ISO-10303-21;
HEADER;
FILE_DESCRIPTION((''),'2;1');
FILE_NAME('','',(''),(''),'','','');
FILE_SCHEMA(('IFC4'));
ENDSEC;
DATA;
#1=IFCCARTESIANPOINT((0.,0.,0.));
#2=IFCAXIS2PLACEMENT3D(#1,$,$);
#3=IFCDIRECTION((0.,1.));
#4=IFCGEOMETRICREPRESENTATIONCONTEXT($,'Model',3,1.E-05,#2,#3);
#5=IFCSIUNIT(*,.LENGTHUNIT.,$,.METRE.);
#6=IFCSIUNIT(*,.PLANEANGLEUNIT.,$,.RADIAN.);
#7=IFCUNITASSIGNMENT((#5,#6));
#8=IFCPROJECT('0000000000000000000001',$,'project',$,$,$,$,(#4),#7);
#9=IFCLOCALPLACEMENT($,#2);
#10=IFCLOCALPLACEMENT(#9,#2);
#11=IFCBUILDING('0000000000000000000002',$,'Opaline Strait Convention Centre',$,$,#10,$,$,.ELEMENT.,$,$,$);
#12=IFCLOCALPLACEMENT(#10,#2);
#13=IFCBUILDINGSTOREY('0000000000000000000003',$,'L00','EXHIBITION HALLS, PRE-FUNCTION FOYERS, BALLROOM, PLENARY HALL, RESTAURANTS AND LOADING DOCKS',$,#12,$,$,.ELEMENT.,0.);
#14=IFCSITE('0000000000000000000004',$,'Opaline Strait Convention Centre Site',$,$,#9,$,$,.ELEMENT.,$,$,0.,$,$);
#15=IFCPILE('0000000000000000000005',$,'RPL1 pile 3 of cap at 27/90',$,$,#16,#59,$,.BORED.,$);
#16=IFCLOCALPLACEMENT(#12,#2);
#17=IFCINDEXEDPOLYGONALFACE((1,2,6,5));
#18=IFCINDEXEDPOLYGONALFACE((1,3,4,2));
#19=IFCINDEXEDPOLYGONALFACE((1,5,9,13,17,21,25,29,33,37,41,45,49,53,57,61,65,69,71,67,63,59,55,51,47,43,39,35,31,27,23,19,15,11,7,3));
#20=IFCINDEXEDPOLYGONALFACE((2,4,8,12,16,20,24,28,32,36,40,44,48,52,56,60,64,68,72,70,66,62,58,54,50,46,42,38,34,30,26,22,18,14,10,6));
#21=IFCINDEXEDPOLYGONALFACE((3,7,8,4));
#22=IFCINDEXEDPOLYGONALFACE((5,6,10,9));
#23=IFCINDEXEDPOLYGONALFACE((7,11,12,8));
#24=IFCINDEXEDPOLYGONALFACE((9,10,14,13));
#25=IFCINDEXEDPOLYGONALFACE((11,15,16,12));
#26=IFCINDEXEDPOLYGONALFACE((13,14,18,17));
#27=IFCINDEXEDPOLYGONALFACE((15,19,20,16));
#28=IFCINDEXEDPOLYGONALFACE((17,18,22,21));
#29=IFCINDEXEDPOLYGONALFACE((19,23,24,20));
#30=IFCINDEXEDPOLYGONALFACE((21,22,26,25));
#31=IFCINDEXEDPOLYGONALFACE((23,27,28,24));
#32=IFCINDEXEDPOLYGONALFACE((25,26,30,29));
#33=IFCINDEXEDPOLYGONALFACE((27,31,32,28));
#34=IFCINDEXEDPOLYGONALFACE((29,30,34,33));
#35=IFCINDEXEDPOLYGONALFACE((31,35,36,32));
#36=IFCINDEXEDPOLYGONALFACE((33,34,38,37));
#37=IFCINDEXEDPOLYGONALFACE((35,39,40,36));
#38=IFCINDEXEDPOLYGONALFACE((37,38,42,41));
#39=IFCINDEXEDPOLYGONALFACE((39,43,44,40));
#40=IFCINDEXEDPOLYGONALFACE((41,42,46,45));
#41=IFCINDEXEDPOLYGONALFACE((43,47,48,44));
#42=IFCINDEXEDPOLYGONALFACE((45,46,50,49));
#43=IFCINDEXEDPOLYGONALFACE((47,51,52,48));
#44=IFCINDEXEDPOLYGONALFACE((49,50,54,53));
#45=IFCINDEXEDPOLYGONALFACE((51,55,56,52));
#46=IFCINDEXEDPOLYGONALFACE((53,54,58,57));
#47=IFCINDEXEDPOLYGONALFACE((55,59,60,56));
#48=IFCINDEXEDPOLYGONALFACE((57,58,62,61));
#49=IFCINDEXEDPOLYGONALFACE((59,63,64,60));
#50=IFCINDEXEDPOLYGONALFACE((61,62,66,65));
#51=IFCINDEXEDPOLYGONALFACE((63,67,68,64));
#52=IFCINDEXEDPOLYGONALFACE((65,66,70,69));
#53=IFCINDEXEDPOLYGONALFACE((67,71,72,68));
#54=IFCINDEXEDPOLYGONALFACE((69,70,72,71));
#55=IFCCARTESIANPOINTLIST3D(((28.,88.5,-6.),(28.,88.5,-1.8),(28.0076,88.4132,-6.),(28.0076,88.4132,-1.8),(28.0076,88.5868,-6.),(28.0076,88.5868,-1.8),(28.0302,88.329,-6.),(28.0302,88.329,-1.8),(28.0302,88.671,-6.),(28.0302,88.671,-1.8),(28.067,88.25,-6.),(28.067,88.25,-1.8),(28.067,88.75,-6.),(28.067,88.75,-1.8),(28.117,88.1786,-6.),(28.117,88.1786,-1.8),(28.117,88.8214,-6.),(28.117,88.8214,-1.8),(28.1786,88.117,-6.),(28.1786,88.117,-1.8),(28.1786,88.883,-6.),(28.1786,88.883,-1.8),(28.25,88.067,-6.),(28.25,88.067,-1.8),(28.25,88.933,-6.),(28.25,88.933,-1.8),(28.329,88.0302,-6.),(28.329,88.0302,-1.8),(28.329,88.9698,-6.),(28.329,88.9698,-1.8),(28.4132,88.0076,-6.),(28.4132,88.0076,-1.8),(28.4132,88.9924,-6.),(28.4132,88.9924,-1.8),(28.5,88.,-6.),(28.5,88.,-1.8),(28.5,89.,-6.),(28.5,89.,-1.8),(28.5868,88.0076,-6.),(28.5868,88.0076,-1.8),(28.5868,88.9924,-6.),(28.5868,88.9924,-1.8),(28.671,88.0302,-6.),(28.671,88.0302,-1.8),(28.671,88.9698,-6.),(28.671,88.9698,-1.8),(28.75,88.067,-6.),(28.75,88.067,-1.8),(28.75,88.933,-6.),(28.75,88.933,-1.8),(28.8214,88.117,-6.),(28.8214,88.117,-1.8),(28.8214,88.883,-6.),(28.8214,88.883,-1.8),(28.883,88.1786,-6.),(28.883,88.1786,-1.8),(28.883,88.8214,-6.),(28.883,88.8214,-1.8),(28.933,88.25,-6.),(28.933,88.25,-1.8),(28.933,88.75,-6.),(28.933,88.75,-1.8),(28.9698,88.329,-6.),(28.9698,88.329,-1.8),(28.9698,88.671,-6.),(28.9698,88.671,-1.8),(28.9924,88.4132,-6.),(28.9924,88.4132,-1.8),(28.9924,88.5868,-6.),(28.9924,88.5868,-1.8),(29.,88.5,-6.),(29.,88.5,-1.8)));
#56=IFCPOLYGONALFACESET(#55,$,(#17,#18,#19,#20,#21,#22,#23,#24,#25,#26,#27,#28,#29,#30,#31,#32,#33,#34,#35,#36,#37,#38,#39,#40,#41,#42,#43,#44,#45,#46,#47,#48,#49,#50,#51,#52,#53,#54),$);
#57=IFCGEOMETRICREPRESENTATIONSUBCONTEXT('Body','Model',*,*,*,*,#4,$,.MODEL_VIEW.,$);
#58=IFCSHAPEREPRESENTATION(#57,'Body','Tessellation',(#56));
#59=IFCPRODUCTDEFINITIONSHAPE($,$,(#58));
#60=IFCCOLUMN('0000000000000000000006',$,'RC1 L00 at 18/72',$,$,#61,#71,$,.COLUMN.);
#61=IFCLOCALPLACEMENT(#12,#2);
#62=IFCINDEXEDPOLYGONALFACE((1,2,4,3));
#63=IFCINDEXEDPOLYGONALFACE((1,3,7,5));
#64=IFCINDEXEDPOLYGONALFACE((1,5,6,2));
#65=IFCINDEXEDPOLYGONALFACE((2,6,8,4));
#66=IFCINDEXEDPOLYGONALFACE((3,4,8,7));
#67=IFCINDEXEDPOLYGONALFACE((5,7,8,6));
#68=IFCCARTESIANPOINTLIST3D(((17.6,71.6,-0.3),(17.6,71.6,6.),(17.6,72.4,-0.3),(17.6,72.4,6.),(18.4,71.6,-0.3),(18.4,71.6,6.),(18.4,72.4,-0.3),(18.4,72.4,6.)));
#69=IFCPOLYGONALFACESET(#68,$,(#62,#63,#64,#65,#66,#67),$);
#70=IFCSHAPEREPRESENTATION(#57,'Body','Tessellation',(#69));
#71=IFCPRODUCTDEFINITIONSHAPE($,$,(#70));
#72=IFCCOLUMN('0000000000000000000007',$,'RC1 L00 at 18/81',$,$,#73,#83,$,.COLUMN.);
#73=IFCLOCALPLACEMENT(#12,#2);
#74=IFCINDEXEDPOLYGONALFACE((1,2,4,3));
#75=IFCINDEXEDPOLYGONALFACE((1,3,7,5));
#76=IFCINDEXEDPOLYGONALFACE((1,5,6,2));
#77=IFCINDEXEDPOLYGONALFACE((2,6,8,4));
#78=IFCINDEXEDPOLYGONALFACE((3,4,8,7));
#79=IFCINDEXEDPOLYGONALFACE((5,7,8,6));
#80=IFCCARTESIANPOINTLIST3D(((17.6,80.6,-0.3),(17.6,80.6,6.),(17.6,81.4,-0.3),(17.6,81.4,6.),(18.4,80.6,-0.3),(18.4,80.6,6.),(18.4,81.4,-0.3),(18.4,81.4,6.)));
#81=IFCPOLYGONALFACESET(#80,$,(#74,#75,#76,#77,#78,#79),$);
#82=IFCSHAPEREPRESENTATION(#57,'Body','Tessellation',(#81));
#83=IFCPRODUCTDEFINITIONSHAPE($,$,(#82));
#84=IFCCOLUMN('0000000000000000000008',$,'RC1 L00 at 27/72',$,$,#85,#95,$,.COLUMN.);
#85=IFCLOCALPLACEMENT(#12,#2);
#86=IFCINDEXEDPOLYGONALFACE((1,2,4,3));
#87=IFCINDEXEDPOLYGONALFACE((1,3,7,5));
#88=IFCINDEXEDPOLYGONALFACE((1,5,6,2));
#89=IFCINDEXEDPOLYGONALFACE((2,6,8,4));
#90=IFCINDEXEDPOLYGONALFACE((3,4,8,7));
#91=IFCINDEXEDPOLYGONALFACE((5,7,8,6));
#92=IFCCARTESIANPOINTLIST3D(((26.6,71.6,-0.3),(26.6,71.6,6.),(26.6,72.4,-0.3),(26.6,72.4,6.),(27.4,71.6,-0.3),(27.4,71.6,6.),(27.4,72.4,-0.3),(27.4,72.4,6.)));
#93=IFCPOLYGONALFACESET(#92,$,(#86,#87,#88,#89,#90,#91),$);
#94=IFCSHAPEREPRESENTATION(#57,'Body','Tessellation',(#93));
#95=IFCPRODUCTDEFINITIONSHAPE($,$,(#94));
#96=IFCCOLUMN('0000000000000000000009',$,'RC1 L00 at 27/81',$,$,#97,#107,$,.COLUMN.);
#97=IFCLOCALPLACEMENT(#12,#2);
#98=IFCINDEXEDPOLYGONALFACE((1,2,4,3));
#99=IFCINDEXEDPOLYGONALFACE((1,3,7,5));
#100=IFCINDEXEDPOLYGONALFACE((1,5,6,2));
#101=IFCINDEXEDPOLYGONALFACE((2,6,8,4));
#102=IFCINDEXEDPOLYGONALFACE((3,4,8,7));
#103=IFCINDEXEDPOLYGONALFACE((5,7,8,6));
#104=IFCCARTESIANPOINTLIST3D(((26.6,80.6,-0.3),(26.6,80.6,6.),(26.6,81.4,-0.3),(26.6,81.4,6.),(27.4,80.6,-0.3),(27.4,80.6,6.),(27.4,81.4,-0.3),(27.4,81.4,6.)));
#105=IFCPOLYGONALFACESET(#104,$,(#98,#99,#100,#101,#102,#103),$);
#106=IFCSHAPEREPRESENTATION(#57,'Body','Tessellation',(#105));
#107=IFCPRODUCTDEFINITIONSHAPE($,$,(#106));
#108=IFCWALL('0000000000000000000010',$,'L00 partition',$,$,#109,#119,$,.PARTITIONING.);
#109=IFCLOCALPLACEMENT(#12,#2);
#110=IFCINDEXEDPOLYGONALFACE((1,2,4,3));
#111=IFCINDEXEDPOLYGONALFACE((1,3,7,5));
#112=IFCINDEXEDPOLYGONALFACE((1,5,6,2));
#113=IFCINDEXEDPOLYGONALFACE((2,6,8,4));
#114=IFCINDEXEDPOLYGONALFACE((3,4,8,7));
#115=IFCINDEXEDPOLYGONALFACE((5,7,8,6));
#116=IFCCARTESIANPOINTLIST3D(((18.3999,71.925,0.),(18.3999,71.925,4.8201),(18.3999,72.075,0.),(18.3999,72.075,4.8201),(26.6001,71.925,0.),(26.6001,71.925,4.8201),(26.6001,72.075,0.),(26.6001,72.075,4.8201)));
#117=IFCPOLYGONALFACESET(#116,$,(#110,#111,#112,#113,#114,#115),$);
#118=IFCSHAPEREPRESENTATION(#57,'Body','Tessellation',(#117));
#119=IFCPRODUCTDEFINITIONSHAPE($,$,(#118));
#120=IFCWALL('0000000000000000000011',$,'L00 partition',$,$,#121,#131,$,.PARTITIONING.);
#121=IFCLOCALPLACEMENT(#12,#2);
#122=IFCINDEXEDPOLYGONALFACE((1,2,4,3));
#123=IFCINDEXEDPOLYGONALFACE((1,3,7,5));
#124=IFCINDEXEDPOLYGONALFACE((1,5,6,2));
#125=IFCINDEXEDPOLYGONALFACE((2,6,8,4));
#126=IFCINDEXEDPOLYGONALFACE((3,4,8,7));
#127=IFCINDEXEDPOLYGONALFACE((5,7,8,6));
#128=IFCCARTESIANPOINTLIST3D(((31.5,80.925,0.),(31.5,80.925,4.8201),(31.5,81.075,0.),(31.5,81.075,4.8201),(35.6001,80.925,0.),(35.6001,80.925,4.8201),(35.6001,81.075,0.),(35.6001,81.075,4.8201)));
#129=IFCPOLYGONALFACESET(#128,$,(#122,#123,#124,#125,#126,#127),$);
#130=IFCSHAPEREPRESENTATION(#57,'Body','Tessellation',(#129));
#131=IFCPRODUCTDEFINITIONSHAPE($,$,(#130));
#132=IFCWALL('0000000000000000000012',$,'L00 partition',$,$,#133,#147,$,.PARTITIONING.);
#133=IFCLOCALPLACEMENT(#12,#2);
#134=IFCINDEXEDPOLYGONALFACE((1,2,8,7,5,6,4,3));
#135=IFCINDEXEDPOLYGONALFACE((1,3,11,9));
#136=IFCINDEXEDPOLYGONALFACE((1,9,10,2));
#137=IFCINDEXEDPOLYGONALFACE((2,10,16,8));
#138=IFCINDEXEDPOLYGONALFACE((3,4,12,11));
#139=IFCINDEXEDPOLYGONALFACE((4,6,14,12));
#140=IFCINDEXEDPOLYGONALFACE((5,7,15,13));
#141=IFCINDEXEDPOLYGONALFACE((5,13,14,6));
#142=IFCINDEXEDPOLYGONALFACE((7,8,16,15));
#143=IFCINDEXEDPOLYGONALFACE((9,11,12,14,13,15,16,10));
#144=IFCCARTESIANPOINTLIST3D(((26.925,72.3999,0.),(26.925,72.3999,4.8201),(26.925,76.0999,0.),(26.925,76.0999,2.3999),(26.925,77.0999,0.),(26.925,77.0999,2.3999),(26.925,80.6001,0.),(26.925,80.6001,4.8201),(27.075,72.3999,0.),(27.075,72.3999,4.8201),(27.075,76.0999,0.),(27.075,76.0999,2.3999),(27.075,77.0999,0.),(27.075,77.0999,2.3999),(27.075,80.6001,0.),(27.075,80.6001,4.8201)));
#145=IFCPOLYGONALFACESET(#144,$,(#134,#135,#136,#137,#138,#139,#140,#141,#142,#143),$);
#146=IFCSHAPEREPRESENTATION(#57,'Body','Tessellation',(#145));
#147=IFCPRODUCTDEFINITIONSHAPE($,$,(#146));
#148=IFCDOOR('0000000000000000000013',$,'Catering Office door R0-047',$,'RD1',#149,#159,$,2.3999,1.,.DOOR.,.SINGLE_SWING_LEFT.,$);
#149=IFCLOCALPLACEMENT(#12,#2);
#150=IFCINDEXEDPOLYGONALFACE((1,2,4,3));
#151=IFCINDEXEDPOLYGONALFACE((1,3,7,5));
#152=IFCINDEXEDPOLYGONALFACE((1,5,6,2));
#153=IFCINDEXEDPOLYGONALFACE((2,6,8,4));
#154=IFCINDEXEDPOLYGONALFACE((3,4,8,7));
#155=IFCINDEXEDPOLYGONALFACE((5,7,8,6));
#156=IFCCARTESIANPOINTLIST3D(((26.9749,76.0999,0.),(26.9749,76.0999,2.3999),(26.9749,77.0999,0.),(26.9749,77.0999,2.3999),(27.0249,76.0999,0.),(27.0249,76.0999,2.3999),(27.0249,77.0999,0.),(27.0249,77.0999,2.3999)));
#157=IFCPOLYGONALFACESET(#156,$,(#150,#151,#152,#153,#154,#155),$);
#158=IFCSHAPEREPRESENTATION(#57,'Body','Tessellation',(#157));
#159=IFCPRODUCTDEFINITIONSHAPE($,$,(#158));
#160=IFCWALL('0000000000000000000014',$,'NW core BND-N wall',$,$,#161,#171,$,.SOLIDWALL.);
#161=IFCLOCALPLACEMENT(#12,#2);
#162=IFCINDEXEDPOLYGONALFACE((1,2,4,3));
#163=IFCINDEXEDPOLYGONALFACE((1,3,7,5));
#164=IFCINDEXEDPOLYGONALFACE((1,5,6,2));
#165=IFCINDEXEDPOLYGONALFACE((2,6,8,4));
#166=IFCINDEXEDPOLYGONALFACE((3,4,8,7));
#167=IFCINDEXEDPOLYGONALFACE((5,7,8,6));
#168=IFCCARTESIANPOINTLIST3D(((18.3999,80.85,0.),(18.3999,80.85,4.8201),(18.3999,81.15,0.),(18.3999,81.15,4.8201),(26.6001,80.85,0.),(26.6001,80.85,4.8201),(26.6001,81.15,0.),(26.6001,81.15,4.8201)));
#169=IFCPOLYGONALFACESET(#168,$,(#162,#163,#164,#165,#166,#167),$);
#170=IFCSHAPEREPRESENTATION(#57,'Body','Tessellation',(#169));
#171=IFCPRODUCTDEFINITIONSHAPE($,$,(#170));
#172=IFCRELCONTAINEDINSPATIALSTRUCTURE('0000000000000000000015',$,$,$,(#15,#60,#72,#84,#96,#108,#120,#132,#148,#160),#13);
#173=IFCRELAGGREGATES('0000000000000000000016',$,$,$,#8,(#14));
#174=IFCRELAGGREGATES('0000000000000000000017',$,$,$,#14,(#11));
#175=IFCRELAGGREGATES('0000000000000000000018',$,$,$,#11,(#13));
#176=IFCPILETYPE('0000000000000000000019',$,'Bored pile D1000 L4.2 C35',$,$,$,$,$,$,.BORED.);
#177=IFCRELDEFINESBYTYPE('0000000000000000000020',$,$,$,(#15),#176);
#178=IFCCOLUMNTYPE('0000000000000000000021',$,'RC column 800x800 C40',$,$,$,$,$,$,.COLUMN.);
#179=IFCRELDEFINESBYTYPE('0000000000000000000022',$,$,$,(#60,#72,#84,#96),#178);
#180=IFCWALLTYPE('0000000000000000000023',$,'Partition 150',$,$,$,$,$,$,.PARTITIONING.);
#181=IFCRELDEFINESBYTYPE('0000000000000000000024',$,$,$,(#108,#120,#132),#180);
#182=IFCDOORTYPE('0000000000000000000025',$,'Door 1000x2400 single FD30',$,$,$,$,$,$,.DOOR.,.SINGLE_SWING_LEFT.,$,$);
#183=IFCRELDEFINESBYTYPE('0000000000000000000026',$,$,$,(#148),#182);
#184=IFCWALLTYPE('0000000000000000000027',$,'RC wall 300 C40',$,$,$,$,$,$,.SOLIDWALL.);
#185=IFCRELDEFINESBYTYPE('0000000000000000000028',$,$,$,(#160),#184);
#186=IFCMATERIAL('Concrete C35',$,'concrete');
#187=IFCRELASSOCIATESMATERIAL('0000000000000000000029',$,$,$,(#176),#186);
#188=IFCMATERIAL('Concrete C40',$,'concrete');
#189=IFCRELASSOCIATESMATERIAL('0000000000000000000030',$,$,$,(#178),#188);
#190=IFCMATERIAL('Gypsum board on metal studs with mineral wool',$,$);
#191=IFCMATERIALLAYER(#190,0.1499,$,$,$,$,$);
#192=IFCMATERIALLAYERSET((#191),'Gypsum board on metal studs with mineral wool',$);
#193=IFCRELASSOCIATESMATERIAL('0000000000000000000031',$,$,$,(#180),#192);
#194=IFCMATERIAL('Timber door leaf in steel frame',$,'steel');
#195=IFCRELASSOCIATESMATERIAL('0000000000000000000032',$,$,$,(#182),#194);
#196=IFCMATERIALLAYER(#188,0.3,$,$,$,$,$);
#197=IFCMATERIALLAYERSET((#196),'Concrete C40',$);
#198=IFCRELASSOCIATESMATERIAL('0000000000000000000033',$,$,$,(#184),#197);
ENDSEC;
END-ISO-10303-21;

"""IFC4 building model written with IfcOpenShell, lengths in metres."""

from ifc_helpers import new_model, si_unit, direction, frame, frame_2d, origin, origin_2d, place, context, subcontext, project, spatial, rectangle, circle, extrude, material, layer, layer_set, material_profile, profile_set, type_object, element, fill, save


model = new_model("IFC4")

# Units and contexts
model_context = context("Model", 3, precision=1e-05, world=origin(), true_north=direction((0.0, 1.0)))
body_context = subcontext(model_context, "Body", "Model", "MODEL_VIEW")
ifc_project = project(units=[si_unit("LENGTHUNIT", "METRE"), si_unit("PLANEANGLEUNIT", "RADIAN")], contexts=[model_context])

# Site, building, storey
site_placement = place(None, origin())
site = spatial("IfcSite", under=ifc_project, at=site_placement, Name="Opaline Strait Convention Centre Site", CompositionType="ELEMENT", RefElevation=0.0)
building_placement = place(site_placement, origin())
building = spatial("IfcBuilding", under=site, at=building_placement, Name="Opaline Strait Convention Centre", CompositionType="ELEMENT")
storey_placement = place(building_placement, origin())
storey = spatial("IfcBuildingStorey", under=building, at=storey_placement, Name="L00", Description="EXHIBITION HALLS, PRE-FUNCTION FOYERS, BALLROOM, PLENARY HALL, RESTAURANTS AND LOADING DOCKS", CompositionType="ELEMENT", Elevation=0.0)

# Pile
ifc_material_1 = material(Name="Concrete C35", Category="concrete")
ifc_material_profile_1 = material_profile(ifc_material_1, circle(Radius=0.5, at=origin_2d()), Name="D1000")
ifc_profile_set_1 = profile_set([ifc_material_profile_1], Name="Concrete C35")
pile_type = type_object("IfcPileType", Name="Bored pile D1000 L4.2 C35", PredefinedType="BORED", material=ifc_profile_set_1)
for number, where, z_axis, x_axis, name in (
    (1, (28.5, 88.5, -1.8), (0.0, 0.0, -1.0), (1.0, 0.0, 0.0), "RPL1 pile 3 of cap at 27/90"),
):
    element("IfcPile", number, at=place(storey_placement, frame(where, z_axis=z_axis, x_axis=x_axis)), inside=storey, type_object=pile_type, Name=name, PredefinedType="BORED", context=body_context, shape_type="SweptSolid", body=[
        extrude(circle(Radius=0.5, at=origin_2d()), origin(), (0.0, 0.0, 1.0), 4.2),
    ])

# Columns
ifc_material_2 = material(Name="Concrete C40", Category="concrete")
ifc_material_profile_2 = material_profile(ifc_material_2, rectangle(XDim=0.8, YDim=0.8, at=origin_2d()), Name="RC 800x800")
ifc_profile_set_2 = profile_set([ifc_material_profile_2], Name="Concrete C40")
column_type = type_object("IfcColumnType", Name="RC column 800x800 C40", PredefinedType="COLUMN", material=ifc_profile_set_2)
for number, where, z_axis, x_axis, name in (
    (2, (18.0, 72.0, -0.3), (0.0, 0.0, 1.0), (1.0, 0.0, 0.0), "RC1 L00 at 18/72"),
    (3, (18.0, 81.0, -0.3), (0.0, 0.0, 1.0), (1.0, 0.0, 0.0), "RC1 L00 at 18/81"),
    (4, (27.0, 72.0, -0.3), (0.0, 0.0, 1.0), (1.0, 0.0, 0.0), "RC1 L00 at 27/72"),
    (5, (27.0, 81.0, -0.3), (0.0, 0.0, 1.0), (1.0, 0.0, 0.0), "RC1 L00 at 27/81"),
):
    element("IfcColumn", number, at=place(storey_placement, frame(where, z_axis=z_axis, x_axis=x_axis)), inside=storey, type_object=column_type, Name=name, PredefinedType="COLUMN", context=body_context, shape_type="SweptSolid", body=[
        extrude(rectangle(XDim=0.8, YDim=0.8, at=origin_2d()), origin(), (0.0, 0.0, 1.0), 6.3),
    ])

# Walls
ifc_material_3 = material(Name="Gypsum board on metal studs with mineral wool")
ifc_layer_1 = layer(ifc_material_3, 0.1499)
ifc_layer_set_1 = layer_set([ifc_layer_1], Name="Gypsum board on metal studs with mineral wool")
wall_type_1 = type_object("IfcWallType", Name="Partition 150", PredefinedType="PARTITIONING", material=ifc_layer_set_1)
wall_1_placement = place(storey_placement, frame((18.3999, 72.0, 0.0), z_axis=(0.0, 0.0, 1.0), x_axis=(1.0, 0.0, 0.0)))
element("IfcWall", 6, at=wall_1_placement, inside=storey, type_object=wall_type_1, Name="L00 partition", PredefinedType="PARTITIONING", context=body_context, shape_type="SweptSolid", body=[
    extrude(rectangle(XDim=8.2002, YDim=0.1499, at=frame_2d((4.1001, 0.0))), origin(), (0.0, 0.0, 1.0), 4.8201),
])
wall_2_placement = place(storey_placement, frame((31.5, 81.0, 0.0), z_axis=(0.0, 0.0, 1.0), x_axis=(1.0, 0.0, 0.0)))
element("IfcWall", 7, at=wall_2_placement, inside=storey, type_object=wall_type_1, Name="L00 partition", PredefinedType="PARTITIONING", context=body_context, shape_type="SweptSolid", body=[
    extrude(rectangle(XDim=4.1001, YDim=0.1499, at=frame_2d((2.05, 0.0))), origin(), (0.0, 0.0, 1.0), 4.8201),
])

# Wall, opening, door
wall_3_placement = place(storey_placement, frame((27.0, 72.3999, 0.0), z_axis=(0.0, 0.0, 1.0), x_axis=(0.0, 1.0, 0.0)))
wall_3 = element("IfcWall", 8, at=wall_3_placement, inside=storey, type_object=wall_type_1, Name="L00 partition", PredefinedType="PARTITIONING", context=body_context, shape_type="SweptSolid", body=[
    extrude(rectangle(XDim=8.2002, YDim=0.1499, at=frame_2d((4.1001, 0.0))), origin(), (0.0, 0.0, 1.0), 4.8201),
])
opening_placement = place(wall_3_placement, frame((3.7, 0.0, 0.0)))
opening = element("IfcOpeningElement", 9, at=opening_placement, cuts=wall_3, PredefinedType="OPENING", context=body_context, shape_type="SweptSolid", body=[
    extrude(rectangle(XDim=1.0, YDim=2.3999, at=frame_2d((0.5, 1.2))), frame((0.0, 0.085, 0.0), z_axis=(0.0, -1.0, 0.0), x_axis=(1.0, 0.0, 0.0)), (0.0, 0.0, 1.0), 0.1699),
])
ifc_material_4 = material(Name="Timber door leaf in steel frame", Category="steel")
door_type = type_object("IfcDoorType", Name="Door 1000x2400 single FD30", OperationType="SINGLE_SWING_LEFT", PredefinedType="DOOR", material=ifc_material_4)
door_placement = place(opening_placement, frame((1.0, 0.0, 0.0), z_axis=(0.0, 0.0, 1.0), x_axis=(-1.0, 0.0, 0.0)))
door = element("IfcDoor", 10, at=door_placement, inside=storey, type_object=door_type, Name="Catering Office door R0-047", ObjectType="RD1", OperationType="SINGLE_SWING_LEFT", OverallHeight=2.3999, OverallWidth=1.0, PredefinedType="DOOR", context=body_context, shape_type="SweptSolid", body=[
    extrude(rectangle(XDim=1.0, YDim=2.3999, at=frame_2d((0.5, 1.2))), frame((0.0, 0.0249, 0.0), z_axis=(0.0, -1.0, 0.0), x_axis=(1.0, 0.0, 0.0)), (0.0, 0.0, 1.0), 0.05),
])
fill(opening, door)

# Wall
ifc_layer_2 = layer(ifc_material_2, 0.3)
ifc_layer_set_2 = layer_set([ifc_layer_2], Name="Concrete C40")
wall_type_2 = type_object("IfcWallType", Name="RC wall 300 C40", PredefinedType="SOLIDWALL", material=ifc_layer_set_2)
wall_4_placement = place(storey_placement, frame((18.3999, 81.0, 0.0), z_axis=(0.0, 0.0, 1.0), x_axis=(1.0, 0.0, 0.0)))
element("IfcWall", 11, at=wall_4_placement, inside=storey, type_object=wall_type_2, Name="NW core BND-N wall", PredefinedType="SOLIDWALL", context=body_context, shape_type="SweptSolid", body=[
    extrude(rectangle(XDim=8.2002, YDim=0.3, at=frame_2d((4.1001, 0.0))), origin(), (0.0, 0.0, 1.0), 4.8201),
])

save(model, "model.ifc")
